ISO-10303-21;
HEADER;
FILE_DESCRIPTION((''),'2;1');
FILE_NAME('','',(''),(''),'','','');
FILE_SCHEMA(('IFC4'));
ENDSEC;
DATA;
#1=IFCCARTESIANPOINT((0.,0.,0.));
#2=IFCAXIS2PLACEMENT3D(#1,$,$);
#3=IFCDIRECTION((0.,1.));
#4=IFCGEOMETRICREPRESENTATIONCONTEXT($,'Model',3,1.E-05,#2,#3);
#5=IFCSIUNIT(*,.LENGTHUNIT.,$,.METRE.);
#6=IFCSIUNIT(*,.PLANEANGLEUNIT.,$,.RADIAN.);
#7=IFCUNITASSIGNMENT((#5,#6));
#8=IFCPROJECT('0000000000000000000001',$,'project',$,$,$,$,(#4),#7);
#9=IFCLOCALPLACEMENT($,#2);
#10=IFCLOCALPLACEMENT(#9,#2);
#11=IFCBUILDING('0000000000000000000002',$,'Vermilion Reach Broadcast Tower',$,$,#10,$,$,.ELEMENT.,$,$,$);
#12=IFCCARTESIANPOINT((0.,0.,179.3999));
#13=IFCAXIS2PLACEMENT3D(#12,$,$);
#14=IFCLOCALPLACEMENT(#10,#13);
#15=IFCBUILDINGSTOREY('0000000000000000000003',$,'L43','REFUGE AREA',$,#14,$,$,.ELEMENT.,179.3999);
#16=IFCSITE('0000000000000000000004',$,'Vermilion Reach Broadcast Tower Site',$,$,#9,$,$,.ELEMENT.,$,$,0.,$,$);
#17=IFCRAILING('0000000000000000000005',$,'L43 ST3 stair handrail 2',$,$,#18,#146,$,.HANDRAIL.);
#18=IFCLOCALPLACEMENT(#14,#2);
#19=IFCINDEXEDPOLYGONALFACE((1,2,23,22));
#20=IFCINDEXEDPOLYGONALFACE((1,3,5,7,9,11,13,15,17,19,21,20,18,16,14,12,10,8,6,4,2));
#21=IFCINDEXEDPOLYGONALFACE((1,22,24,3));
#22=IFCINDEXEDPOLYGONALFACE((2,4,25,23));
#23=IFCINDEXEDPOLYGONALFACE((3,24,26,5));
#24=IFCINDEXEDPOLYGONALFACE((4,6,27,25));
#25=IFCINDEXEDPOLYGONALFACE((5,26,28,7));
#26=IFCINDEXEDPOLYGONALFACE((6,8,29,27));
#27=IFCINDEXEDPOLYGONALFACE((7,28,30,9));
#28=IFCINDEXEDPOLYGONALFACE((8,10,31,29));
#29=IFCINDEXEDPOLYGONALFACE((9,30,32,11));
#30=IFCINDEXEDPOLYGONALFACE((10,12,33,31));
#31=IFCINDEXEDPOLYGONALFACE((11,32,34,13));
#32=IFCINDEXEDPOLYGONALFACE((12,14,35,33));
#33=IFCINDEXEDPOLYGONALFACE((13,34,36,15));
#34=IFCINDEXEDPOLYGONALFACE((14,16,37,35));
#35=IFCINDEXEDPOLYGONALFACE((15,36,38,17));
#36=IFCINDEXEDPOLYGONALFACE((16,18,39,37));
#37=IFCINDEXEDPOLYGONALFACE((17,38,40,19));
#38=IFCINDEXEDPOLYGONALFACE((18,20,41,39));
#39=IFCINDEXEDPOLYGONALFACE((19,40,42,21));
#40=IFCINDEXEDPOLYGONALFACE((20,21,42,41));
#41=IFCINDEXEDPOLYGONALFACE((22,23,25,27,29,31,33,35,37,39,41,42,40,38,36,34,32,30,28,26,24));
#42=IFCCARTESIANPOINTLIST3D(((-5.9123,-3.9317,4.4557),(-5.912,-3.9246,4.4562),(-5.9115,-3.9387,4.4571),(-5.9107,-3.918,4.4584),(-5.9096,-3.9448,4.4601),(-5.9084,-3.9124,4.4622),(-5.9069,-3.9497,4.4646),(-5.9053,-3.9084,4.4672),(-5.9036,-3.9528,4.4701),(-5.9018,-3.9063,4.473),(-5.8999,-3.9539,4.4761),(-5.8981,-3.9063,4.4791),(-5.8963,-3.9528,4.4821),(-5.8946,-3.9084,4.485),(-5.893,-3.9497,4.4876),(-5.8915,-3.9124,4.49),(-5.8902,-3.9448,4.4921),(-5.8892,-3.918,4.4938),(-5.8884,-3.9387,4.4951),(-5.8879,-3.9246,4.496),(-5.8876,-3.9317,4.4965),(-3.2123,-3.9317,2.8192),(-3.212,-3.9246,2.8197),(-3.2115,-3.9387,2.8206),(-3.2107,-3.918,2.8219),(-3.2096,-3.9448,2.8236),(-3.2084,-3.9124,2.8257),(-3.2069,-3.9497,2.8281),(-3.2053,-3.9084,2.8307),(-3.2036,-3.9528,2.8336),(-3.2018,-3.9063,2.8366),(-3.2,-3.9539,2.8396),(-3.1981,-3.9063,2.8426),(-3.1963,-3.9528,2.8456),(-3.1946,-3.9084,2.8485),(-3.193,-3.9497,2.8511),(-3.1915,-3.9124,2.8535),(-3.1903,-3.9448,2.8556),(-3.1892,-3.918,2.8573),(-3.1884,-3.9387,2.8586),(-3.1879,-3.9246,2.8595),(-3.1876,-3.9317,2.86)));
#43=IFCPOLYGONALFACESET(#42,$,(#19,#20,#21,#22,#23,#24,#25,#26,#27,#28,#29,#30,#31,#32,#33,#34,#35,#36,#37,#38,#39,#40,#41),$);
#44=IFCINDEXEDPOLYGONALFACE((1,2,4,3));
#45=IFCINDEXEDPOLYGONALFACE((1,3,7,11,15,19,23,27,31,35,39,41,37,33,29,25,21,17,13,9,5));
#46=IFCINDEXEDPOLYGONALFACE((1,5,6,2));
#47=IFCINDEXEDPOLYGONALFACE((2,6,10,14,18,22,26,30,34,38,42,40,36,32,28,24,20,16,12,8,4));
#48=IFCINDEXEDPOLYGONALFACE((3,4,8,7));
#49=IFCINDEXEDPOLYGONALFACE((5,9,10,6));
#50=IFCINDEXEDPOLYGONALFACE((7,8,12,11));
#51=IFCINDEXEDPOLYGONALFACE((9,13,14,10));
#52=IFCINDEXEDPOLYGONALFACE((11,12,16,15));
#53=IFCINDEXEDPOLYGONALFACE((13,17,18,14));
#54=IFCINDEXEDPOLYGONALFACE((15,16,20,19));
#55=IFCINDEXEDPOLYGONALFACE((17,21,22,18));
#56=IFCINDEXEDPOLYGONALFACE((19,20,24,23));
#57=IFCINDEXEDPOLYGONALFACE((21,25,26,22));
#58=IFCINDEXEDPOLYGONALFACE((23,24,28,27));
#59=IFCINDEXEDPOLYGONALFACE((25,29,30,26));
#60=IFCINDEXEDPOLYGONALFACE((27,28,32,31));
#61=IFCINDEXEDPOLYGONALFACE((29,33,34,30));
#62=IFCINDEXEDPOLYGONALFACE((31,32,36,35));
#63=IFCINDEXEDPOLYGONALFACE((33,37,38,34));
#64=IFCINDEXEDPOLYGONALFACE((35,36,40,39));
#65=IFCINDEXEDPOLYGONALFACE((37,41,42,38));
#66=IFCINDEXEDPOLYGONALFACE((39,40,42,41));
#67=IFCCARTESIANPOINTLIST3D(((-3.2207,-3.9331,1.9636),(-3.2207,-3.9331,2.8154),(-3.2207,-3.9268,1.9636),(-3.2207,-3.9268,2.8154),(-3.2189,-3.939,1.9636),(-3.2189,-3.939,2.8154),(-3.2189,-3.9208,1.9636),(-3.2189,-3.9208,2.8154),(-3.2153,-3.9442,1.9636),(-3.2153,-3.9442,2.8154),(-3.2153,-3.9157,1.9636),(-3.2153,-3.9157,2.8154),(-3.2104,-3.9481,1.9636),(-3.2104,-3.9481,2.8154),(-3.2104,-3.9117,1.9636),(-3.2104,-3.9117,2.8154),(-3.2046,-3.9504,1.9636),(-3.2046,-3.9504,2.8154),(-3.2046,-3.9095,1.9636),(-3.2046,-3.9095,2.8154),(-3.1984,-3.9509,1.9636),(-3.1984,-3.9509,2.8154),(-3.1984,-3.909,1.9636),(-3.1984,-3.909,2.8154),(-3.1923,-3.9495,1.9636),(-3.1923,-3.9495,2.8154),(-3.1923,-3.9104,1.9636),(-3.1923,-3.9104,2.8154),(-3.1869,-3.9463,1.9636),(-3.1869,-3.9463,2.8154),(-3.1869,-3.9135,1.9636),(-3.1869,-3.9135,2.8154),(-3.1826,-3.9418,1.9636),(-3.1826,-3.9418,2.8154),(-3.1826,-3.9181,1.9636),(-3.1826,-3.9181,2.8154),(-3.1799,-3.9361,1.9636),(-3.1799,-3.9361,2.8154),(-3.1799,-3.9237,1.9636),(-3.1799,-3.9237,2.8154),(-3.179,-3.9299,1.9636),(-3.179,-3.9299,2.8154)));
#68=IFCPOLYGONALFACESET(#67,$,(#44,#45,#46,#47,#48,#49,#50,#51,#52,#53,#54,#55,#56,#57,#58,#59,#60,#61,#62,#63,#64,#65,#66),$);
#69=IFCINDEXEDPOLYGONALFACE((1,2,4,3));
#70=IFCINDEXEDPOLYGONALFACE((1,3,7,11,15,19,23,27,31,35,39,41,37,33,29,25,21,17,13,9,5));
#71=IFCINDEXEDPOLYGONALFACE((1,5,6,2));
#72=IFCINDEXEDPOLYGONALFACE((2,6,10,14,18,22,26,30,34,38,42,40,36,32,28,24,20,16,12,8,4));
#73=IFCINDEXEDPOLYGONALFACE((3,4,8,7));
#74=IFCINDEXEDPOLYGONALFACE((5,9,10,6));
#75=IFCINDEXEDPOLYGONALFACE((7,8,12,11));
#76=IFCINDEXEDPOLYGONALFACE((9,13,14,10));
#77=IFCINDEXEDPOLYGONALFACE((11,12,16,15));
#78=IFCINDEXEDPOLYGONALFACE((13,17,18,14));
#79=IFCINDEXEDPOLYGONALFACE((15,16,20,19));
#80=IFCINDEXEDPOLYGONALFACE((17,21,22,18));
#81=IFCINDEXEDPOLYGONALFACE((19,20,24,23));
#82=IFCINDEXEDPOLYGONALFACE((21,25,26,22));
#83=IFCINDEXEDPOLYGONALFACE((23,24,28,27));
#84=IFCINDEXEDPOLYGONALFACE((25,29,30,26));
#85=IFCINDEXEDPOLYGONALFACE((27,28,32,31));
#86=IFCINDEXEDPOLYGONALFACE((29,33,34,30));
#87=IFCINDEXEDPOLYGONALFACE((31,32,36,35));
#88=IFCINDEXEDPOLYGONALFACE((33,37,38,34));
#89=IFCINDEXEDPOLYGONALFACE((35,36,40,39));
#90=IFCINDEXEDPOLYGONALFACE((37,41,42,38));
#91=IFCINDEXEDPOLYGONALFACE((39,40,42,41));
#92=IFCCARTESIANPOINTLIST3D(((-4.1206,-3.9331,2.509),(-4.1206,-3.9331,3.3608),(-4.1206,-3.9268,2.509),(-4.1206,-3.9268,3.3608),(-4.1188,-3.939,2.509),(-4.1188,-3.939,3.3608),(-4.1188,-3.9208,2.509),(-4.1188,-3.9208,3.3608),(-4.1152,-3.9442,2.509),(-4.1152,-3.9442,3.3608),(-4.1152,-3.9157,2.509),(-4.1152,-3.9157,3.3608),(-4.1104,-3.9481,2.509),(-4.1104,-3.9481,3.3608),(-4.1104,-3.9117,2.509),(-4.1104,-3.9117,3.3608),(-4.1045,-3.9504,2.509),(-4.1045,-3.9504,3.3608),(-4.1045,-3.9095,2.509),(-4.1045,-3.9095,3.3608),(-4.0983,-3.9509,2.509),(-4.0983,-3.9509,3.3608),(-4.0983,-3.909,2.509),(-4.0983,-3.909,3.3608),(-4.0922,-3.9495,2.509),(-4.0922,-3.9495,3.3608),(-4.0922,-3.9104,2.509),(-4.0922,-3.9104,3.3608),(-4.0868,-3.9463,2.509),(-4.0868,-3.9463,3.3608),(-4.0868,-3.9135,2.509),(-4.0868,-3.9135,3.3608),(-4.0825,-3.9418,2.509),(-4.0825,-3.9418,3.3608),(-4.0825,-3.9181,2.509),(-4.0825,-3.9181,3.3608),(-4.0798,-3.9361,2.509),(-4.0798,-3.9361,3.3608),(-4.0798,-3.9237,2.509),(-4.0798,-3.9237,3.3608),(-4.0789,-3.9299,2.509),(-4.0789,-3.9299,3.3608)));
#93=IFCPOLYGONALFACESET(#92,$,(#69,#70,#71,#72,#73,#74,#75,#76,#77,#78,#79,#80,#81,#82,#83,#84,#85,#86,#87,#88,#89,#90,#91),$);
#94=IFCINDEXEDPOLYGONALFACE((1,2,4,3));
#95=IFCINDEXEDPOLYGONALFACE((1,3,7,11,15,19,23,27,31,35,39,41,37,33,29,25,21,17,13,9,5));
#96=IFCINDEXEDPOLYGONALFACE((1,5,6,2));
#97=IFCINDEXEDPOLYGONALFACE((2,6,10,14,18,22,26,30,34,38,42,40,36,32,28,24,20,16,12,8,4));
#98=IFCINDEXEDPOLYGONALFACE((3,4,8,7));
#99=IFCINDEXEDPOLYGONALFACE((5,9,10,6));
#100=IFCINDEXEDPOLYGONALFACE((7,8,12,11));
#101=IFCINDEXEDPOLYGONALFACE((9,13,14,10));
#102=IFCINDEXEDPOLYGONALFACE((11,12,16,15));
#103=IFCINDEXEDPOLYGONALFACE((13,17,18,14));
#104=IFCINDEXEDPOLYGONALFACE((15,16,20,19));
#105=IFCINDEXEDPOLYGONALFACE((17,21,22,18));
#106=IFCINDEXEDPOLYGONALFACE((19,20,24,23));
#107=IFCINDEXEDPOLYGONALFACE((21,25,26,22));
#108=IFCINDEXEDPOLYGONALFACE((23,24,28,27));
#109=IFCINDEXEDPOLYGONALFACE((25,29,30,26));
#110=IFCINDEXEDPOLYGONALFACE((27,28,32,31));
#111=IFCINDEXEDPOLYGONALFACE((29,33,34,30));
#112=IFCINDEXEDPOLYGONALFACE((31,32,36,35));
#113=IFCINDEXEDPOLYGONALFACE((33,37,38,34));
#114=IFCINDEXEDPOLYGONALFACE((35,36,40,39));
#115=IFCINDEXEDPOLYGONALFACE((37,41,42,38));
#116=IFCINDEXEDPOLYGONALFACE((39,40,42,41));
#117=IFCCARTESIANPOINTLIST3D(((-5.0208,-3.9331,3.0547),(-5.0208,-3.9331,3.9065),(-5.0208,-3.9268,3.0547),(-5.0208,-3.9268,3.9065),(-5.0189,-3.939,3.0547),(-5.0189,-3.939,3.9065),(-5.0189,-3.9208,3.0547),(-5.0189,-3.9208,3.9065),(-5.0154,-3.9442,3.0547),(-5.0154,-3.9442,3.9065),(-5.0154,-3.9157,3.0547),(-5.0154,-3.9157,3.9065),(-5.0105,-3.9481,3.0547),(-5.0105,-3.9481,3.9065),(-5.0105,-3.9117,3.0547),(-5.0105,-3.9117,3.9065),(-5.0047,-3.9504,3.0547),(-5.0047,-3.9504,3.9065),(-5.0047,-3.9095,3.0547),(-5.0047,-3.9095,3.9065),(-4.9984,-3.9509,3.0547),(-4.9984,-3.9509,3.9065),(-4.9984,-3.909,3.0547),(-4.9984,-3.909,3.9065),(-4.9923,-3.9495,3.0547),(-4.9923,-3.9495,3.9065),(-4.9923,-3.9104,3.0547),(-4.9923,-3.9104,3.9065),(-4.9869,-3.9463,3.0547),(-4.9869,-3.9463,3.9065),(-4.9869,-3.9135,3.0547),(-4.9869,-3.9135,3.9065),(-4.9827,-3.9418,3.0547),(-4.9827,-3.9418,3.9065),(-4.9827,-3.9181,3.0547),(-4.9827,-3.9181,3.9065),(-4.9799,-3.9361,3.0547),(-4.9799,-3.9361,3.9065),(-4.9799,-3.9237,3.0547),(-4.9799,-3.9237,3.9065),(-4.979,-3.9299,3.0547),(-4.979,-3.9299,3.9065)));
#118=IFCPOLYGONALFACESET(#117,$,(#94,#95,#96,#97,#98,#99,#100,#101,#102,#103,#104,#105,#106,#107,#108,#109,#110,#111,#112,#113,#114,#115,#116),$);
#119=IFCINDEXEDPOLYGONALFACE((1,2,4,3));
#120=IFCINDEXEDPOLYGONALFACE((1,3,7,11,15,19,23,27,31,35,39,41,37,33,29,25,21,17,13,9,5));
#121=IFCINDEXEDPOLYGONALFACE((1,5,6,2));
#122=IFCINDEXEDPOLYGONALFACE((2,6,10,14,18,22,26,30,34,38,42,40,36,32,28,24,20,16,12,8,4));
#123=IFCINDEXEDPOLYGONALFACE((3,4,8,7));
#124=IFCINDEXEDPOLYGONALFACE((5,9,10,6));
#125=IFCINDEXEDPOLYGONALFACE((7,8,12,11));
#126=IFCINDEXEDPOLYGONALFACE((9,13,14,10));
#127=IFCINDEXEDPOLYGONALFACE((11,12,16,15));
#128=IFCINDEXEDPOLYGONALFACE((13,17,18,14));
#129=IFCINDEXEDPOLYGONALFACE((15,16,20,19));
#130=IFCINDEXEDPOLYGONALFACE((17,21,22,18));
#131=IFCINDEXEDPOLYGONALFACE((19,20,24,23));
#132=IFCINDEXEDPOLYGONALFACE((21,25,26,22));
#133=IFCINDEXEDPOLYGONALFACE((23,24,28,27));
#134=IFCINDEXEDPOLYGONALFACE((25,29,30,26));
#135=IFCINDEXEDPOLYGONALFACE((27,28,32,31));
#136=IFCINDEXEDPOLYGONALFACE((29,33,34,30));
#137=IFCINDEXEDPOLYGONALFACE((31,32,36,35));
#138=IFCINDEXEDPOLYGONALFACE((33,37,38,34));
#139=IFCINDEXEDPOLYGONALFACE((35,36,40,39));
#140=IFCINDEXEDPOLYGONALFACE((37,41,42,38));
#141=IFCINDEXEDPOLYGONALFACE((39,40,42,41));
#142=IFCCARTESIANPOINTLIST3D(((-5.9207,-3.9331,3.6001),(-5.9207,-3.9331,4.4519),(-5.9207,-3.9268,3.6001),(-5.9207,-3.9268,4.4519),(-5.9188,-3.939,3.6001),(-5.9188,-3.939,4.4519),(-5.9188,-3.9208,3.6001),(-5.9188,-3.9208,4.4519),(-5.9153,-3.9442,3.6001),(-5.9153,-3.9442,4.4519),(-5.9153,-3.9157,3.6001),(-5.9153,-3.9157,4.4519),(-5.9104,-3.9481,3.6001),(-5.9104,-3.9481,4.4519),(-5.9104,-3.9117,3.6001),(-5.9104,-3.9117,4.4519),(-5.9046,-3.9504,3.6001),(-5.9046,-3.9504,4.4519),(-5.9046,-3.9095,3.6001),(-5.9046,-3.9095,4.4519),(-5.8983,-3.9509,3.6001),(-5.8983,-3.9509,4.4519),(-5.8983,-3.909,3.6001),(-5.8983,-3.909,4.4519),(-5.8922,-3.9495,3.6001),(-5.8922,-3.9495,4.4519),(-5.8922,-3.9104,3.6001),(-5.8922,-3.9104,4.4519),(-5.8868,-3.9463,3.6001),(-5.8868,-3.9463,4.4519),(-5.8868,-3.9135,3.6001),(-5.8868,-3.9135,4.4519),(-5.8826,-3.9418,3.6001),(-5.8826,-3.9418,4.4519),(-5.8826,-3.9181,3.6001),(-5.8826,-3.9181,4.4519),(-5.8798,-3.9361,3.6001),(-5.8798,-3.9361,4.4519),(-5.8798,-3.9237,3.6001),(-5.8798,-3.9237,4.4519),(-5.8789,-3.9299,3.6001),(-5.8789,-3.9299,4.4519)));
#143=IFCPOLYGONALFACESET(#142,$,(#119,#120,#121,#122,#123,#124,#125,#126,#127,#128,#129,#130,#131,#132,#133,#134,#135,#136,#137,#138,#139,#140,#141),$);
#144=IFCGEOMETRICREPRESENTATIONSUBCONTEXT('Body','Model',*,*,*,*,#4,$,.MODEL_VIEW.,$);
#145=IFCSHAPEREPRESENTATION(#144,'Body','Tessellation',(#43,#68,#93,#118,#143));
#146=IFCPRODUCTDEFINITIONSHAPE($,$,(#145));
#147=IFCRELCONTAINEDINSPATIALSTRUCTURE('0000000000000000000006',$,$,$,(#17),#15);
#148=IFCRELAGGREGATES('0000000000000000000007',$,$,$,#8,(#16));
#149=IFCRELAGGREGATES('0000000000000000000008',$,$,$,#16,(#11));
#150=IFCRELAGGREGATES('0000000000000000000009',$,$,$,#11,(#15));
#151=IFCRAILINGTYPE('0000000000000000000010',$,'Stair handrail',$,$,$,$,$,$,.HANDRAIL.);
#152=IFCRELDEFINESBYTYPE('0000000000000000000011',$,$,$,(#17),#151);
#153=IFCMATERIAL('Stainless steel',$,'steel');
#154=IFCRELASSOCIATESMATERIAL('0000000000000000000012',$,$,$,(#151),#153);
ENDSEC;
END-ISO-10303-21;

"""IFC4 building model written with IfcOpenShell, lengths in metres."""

from ifc_helpers import new_model, si_unit, direction, frame, origin, origin_2d, place, context, subcontext, project, spatial, circle, extrude, material, type_object, element, save


model = new_model("IFC4")

# Units and contexts
model_context = context("Model", 3, precision=1e-05, world=origin(), true_north=direction((0.0, 1.0)))
body_context = subcontext(model_context, "Body", "Model", "MODEL_VIEW")
ifc_project = project(units=[si_unit("LENGTHUNIT", "METRE"), si_unit("PLANEANGLEUNIT", "RADIAN")], contexts=[model_context])

# Site, building, storey
site_placement = place(None, origin())
site = spatial("IfcSite", under=ifc_project, at=site_placement, Name="Vermilion Reach Broadcast Tower Site", CompositionType="ELEMENT", RefElevation=0.0)
building_placement = place(site_placement, origin())
building = spatial("IfcBuilding", under=site, at=building_placement, Name="Vermilion Reach Broadcast Tower", CompositionType="ELEMENT")
storey_placement = place(building_placement, frame((0.0, 0.0, 179.3999)))
storey = spatial("IfcBuildingStorey", under=building, at=storey_placement, Name="L43", Description="REFUGE AREA", CompositionType="ELEMENT", Elevation=179.3999)

# Railing
ifc_material_1 = material(Name="Stainless steel", Category="steel")
railing_type_1 = type_object("IfcRailingType", Name="Stair handrail", PredefinedType="HANDRAIL", material=ifc_material_1)
railing_1_placement = place(storey_placement, frame((-3.2, -3.9299, 1.9636)))
element("IfcRailing", 1, at=railing_1_placement, inside=storey, type_object=railing_type_1, Name="L43 ST3 stair handrail 2", PredefinedType="HANDRAIL", context=body_context, shape_type="SweptSolid", body=[
    extrude(circle(Radius=0.0239, at=origin_2d()), frame((0.0, 0.0, 0.876), z_axis=(-0.855178, 0.0, 0.518334), x_axis=(0.0, -1.0, 0.0)), (0.0, 0.0, 1.0), 3.1572),
    extrude(circle(Radius=0.021, at=origin_2d()), origin(), (0.0, 0.0, 1.0), 0.8518),
    extrude(circle(Radius=0.021, at=origin_2d()), frame((-0.8999, 0.0, 0.5454)), (0.0, 0.0, 1.0), 0.8518),
    extrude(circle(Radius=0.021, at=origin_2d()), frame((-1.8, 0.0, 1.0911)), (0.0, 0.0, 1.0), 0.8518),
    extrude(circle(Radius=0.021, at=origin_2d()), frame((-2.7, 0.0, 1.6365)), (0.0, 0.0, 1.0), 0.8518),
])

save(model, "model.ifc")
